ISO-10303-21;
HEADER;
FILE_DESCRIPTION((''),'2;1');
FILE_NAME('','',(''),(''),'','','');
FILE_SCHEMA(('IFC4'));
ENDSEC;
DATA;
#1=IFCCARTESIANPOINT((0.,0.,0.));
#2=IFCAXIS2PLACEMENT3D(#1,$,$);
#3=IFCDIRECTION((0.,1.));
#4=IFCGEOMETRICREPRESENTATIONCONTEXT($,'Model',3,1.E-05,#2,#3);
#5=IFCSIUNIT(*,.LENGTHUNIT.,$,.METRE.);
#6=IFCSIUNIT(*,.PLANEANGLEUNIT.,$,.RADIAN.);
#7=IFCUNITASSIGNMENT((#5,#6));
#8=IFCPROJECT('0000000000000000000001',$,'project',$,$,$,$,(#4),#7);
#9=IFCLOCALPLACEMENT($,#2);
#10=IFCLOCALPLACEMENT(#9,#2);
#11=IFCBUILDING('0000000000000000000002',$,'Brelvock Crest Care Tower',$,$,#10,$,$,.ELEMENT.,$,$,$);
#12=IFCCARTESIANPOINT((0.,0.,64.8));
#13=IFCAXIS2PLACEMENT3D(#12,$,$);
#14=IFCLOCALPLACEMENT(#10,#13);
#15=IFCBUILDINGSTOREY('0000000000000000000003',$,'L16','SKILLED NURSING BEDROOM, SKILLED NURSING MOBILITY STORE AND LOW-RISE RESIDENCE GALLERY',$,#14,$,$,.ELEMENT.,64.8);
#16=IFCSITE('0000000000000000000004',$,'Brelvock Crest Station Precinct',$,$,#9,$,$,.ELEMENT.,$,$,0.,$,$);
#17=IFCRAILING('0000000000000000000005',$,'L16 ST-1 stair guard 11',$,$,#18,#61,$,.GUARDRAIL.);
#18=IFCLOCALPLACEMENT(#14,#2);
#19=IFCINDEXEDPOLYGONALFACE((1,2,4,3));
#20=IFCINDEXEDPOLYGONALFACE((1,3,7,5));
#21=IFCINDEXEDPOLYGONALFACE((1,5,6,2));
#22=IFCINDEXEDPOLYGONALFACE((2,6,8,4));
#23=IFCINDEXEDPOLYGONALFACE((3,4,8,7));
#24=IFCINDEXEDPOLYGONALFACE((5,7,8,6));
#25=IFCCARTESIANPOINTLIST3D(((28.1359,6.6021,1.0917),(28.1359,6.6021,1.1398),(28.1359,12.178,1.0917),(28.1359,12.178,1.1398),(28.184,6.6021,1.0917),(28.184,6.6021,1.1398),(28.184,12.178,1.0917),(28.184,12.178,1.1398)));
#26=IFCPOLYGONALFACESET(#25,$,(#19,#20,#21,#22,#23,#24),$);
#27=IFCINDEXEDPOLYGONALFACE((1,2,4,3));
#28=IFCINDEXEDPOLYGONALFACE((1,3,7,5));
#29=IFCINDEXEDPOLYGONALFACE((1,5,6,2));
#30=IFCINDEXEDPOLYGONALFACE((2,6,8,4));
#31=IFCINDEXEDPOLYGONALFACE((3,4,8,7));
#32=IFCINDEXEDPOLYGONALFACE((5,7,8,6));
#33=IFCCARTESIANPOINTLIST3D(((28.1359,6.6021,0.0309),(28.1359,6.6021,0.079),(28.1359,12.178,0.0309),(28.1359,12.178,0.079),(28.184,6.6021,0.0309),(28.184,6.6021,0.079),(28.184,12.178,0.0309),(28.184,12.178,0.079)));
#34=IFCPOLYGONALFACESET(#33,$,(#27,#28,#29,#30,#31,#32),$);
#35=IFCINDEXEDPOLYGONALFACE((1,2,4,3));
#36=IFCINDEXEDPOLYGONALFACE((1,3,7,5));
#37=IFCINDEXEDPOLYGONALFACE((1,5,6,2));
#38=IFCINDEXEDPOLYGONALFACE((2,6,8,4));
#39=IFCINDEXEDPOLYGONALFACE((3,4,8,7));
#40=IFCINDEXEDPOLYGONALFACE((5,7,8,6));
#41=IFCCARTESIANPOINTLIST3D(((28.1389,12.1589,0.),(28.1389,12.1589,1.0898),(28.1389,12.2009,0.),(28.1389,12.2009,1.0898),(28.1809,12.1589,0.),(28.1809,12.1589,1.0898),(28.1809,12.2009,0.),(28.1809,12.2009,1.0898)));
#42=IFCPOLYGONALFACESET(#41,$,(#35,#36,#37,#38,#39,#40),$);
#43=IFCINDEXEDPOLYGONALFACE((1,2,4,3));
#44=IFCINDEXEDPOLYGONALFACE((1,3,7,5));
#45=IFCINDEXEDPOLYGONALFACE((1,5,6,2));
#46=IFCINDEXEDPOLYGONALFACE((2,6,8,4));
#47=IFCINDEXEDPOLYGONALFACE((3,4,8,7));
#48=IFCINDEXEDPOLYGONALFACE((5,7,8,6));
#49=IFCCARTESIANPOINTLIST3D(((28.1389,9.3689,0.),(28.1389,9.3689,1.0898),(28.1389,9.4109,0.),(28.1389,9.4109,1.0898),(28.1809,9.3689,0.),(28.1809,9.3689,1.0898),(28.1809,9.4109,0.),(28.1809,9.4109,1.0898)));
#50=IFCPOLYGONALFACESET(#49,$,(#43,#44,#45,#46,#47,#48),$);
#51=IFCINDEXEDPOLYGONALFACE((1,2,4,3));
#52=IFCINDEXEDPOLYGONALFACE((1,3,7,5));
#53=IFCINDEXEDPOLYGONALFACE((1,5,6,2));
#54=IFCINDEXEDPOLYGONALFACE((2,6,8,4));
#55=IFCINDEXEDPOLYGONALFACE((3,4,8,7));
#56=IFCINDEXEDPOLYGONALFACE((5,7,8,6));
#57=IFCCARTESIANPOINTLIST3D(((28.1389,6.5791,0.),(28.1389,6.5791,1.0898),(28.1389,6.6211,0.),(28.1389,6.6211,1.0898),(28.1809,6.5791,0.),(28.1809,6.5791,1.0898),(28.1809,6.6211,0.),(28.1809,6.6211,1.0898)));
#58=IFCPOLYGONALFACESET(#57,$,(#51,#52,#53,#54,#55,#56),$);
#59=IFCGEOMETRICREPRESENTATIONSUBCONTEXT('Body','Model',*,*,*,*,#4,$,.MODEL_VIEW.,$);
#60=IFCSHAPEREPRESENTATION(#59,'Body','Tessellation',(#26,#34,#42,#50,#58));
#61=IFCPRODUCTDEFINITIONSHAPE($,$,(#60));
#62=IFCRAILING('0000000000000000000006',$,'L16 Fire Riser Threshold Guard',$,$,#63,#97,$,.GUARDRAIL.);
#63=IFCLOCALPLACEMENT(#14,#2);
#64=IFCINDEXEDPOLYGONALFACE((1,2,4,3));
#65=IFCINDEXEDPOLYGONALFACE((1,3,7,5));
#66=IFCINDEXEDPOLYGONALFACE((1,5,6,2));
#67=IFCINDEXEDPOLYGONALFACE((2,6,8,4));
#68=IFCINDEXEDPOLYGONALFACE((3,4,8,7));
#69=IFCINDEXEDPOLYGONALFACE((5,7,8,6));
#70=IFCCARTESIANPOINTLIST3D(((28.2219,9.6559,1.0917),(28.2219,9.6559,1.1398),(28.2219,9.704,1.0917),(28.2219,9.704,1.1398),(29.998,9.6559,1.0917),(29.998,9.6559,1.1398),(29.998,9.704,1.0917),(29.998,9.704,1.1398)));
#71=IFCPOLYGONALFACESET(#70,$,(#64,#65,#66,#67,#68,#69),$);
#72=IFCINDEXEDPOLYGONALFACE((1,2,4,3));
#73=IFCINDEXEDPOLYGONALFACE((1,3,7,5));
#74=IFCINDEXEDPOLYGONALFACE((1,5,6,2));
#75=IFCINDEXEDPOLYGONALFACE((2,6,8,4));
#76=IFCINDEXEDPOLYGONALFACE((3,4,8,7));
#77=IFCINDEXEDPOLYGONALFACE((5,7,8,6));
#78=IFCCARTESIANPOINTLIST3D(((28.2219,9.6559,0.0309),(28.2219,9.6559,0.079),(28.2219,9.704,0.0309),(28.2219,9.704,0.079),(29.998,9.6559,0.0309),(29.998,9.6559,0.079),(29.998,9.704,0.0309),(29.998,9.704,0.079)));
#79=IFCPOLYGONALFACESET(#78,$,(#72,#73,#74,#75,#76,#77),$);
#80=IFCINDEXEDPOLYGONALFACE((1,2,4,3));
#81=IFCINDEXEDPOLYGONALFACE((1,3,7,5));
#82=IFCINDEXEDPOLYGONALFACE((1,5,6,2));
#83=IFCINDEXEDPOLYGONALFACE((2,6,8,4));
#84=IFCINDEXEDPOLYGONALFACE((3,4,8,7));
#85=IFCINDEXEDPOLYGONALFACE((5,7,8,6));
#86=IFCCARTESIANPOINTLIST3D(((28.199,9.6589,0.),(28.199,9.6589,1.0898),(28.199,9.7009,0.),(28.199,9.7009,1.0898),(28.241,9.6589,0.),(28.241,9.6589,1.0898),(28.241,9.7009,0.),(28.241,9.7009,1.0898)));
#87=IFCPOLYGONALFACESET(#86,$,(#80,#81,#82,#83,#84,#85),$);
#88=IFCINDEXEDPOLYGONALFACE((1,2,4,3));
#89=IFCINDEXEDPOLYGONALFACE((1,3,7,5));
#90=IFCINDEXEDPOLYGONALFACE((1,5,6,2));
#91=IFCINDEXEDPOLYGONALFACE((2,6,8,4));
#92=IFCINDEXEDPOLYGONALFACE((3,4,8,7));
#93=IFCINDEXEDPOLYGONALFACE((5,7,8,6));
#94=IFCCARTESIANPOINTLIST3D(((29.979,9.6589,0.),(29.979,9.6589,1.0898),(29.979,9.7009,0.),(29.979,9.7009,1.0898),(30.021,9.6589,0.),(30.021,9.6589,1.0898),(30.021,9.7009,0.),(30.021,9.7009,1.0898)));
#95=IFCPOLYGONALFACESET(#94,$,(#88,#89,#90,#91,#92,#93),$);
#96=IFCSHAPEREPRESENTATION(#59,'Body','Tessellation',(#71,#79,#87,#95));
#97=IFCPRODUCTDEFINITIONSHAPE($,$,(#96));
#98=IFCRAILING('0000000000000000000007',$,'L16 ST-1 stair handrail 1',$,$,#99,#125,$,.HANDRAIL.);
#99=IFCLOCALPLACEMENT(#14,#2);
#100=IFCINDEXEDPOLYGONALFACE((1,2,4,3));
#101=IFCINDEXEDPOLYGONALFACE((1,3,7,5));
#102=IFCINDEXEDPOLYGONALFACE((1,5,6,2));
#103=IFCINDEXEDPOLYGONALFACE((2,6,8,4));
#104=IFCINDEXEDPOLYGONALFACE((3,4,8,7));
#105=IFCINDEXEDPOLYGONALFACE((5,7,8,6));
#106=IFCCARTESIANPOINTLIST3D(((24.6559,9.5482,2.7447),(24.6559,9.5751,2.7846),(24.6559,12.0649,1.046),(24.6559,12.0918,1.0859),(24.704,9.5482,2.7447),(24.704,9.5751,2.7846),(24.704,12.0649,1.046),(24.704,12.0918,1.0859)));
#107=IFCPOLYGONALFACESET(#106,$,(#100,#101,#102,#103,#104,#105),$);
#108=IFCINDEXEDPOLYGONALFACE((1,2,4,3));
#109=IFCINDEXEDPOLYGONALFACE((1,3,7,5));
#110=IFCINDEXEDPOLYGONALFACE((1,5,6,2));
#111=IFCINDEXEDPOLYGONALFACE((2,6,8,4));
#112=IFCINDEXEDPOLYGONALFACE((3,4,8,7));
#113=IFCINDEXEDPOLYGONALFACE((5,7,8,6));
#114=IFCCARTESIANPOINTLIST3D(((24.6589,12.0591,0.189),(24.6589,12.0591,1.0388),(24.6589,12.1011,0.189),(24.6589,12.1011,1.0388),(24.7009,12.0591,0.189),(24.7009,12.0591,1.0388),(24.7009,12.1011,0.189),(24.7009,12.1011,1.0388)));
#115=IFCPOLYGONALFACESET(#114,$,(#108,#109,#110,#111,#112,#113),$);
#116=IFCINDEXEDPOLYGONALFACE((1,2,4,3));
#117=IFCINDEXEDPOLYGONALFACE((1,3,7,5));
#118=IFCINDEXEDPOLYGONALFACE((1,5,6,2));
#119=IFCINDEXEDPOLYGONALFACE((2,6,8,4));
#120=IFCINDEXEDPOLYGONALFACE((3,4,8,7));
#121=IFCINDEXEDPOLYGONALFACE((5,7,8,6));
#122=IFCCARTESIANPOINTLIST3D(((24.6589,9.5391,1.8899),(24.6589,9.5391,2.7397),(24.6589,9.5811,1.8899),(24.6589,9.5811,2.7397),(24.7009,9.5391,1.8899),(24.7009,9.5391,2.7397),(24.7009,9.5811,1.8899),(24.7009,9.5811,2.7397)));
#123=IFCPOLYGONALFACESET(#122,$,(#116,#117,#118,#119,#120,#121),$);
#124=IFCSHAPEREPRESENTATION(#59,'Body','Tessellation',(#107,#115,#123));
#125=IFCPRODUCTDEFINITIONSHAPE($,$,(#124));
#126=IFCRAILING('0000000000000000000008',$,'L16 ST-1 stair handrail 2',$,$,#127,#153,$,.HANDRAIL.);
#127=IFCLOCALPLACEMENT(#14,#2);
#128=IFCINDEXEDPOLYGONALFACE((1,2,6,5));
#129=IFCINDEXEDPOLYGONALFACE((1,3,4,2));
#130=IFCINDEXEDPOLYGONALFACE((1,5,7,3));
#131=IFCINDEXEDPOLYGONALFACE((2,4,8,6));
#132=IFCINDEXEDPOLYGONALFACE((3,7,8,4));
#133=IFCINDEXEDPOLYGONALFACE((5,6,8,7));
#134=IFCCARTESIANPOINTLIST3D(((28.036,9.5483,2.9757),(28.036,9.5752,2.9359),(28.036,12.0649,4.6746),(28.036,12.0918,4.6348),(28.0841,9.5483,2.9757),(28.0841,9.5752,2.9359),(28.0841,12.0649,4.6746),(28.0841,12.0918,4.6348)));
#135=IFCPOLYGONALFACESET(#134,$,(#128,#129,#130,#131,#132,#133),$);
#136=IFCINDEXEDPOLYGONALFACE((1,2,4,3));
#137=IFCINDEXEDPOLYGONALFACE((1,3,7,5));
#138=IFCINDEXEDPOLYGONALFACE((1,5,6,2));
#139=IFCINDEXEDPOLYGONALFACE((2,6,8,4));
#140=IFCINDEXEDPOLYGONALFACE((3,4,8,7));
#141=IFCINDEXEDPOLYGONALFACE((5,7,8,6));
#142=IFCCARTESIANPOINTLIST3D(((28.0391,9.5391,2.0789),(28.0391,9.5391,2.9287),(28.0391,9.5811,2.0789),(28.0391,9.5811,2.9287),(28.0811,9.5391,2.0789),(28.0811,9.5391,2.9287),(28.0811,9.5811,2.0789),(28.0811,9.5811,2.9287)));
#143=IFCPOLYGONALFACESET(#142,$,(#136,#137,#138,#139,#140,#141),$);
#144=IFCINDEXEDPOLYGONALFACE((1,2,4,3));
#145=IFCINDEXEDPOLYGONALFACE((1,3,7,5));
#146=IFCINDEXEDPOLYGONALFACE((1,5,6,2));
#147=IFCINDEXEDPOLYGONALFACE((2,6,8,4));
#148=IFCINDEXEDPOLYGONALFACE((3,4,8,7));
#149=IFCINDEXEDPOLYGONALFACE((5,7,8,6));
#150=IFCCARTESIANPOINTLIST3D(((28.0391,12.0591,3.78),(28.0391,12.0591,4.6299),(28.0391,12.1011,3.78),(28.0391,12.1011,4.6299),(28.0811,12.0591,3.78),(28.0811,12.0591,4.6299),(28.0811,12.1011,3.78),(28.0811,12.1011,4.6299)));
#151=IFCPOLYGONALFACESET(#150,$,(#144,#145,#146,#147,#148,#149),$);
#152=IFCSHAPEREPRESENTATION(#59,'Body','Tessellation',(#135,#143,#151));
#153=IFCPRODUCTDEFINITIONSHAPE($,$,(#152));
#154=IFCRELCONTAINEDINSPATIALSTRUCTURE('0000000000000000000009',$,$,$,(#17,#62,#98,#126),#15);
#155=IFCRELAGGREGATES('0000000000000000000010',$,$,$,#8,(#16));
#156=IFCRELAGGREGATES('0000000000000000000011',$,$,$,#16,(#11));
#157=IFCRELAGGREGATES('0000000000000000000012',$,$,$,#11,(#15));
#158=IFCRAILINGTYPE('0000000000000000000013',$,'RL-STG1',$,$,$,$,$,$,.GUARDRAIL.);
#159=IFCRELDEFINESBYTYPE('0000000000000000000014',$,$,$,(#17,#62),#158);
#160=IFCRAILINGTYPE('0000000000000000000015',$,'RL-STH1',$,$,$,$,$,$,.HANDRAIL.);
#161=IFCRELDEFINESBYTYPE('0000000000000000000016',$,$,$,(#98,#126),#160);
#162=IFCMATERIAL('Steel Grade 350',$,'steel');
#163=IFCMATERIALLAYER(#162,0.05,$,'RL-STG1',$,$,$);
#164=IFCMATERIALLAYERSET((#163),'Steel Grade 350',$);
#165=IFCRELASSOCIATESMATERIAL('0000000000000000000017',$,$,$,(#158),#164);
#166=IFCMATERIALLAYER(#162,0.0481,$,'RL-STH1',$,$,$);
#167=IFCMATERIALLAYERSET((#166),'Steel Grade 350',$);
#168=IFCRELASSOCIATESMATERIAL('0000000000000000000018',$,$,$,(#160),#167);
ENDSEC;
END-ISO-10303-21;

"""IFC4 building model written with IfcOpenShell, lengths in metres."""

from ifc_helpers import new_model, si_unit, direction, frame, origin, origin_2d, place, context, subcontext, project, spatial, rectangle, extrude, material, layer, layer_set, type_object, element, save


model = new_model("IFC4")

# Units and contexts
model_context = context("Model", 3, precision=1e-05, world=origin(), true_north=direction((0.0, 1.0)))
body_context = subcontext(model_context, "Body", "Model", "MODEL_VIEW")
ifc_project = project(units=[si_unit("LENGTHUNIT", "METRE"), si_unit("PLANEANGLEUNIT", "RADIAN")], contexts=[model_context])

# Site, building, storey
site_placement = place(None, origin())
site = spatial("IfcSite", under=ifc_project, at=site_placement, Name="Brelvock Crest Station Precinct", CompositionType="ELEMENT", RefElevation=0.0)
building_placement = place(site_placement, origin())
building = spatial("IfcBuilding", under=site, at=building_placement, Name="Brelvock Crest Care Tower", CompositionType="ELEMENT")
storey_placement = place(building_placement, frame((0.0, 0.0, 64.8)))
storey = spatial("IfcBuildingStorey", under=building, at=storey_placement, Name="L16", Description="SKILLED NURSING BEDROOM, SKILLED NURSING MOBILITY STORE AND LOW-RISE RESIDENCE GALLERY", CompositionType="ELEMENT", Elevation=64.8)

# Shared definitions
ifc_material_1 = material(Name="Steel Grade 350", Category="steel")

# Railings
ifc_layer_1 = layer(ifc_material_1, 0.05, Name="RL-STG1")
ifc_layer_set_1 = layer_set([ifc_layer_1], Name="Steel Grade 350")
railing_type_1 = type_object("IfcRailingType", Name="RL-STG1", PredefinedType="GUARDRAIL", material=ifc_layer_set_1)
for number, where, name in (
    (1, (28.1599, 12.1799, 0.0), "L16 ST-1 stair guard 11"),
):
    element("IfcRailing", number, at=place(storey_placement, frame(where)), inside=storey, type_object=railing_type_1, Name=name, PredefinedType="GUARDRAIL", context=body_context, shape_type="SweptSolid", body=[
        extrude(rectangle(XDim=0.0481, YDim=0.0481, at=origin_2d()), frame((0.0, -0.002, 1.1157), z_axis=(0.0, -1.0, 0.0), x_axis=(1.0, 0.0, 0.0)), (0.0, 0.0, 1.0), 5.5759),
        extrude(rectangle(XDim=0.0481, YDim=0.0481, at=origin_2d()), frame((0.0, -0.002, 0.0549), z_axis=(0.0, -1.0, 0.0), x_axis=(1.0, 0.0, 0.0)), (0.0, 0.0, 1.0), 5.5759),
        extrude(rectangle(XDim=0.042, YDim=0.042, at=origin_2d()), origin(), (0.0, 0.0, 1.0), 1.0898),
        extrude(rectangle(XDim=0.042, YDim=0.042, at=origin_2d()), frame((0.0, -2.79, 0.0)), (0.0, 0.0, 1.0), 1.0898),
        extrude(rectangle(XDim=0.042, YDim=0.042, at=origin_2d()), frame((0.0, -5.5798, 0.0)), (0.0, 0.0, 1.0), 1.0898),
    ])
railing_1_placement = place(storey_placement, frame((28.22, 9.6799, 0.0)))
element("IfcRailing", 2, at=railing_1_placement, inside=storey, type_object=railing_type_1, Name="L16 Fire Riser Threshold Guard", PredefinedType="GUARDRAIL", context=body_context, shape_type="SweptSolid", body=[
    extrude(rectangle(XDim=0.0481, YDim=0.0481, at=origin_2d()), frame((0.002, 0.0, 1.1157), z_axis=(1.0, 0.0, 0.0), x_axis=(0.0, 1.0, 0.0)), (0.0, 0.0, 1.0), 1.7761),
    extrude(rectangle(XDim=0.0481, YDim=0.0481, at=origin_2d()), frame((0.002, 0.0, 0.0549), z_axis=(1.0, 0.0, 0.0), x_axis=(0.0, 1.0, 0.0)), (0.0, 0.0, 1.0), 1.7761),
    extrude(rectangle(XDim=0.042, YDim=0.042, at=origin_2d()), origin(), (0.0, 0.0, 1.0), 1.0898),
    extrude(rectangle(XDim=0.042, YDim=0.042, at=origin_2d()), frame((1.78, 0.0, 0.0)), (0.0, 0.0, 1.0), 1.0898),
])
ifc_layer_2 = layer(ifc_material_1, 0.0481, Name="RL-STH1")
ifc_layer_set_2 = layer_set([ifc_layer_2], Name="Steel Grade 350")
railing_type_2 = type_object("IfcRailingType", Name="RL-STH1", PredefinedType="HANDRAIL", material=ifc_layer_set_2)
railing_2_placement = place(storey_placement, frame((24.6799, 12.0801, 0.189)))
element("IfcRailing", 3, at=railing_2_placement, inside=storey, type_object=railing_type_2, Name="L16 ST-1 stair handrail 1", PredefinedType="HANDRAIL", context=body_context, shape_type="SweptSolid", body=[
    extrude(rectangle(XDim=0.0481, YDim=0.0481, at=origin_2d()), frame((0.0, -0.0017, 0.877), z_axis=(0.0, -0.828862, 0.559454), x_axis=(1.0, 0.0, 0.0)), (0.0, 0.0, 1.0), 3.0364),
    extrude(rectangle(XDim=0.042, YDim=0.042, at=origin_2d()), origin(), (0.0, 0.0, 1.0), 0.8499),
    extrude(rectangle(XDim=0.042, YDim=0.042, at=origin_2d()), frame((0.0, -2.52, 1.7009)), (0.0, 0.0, 1.0), 0.8499),
])
railing_3_placement = place(storey_placement, frame((28.0601, 9.5601, 2.0789)))
element("IfcRailing", 4, at=railing_3_placement, inside=storey, type_object=railing_type_2, Name="L16 ST-1 stair handrail 2", PredefinedType="HANDRAIL", context=body_context, shape_type="SweptSolid", body=[
    extrude(rectangle(XDim=0.0481, YDim=0.0481, at=origin_2d()), frame((0.0, 0.0017, 0.877), z_axis=(0.0, 0.828824, 0.559509), x_axis=(-1.0, 0.0, 0.0)), (0.0, 0.0, 1.0), 3.0364),
    extrude(rectangle(XDim=0.042, YDim=0.042, at=origin_2d()), origin(), (0.0, 0.0, 1.0), 0.8499),
    extrude(rectangle(XDim=0.042, YDim=0.042, at=origin_2d()), frame((0.0, 2.52, 1.7012)), (0.0, 0.0, 1.0), 0.8499),
])

save(model, "model.ifc")
